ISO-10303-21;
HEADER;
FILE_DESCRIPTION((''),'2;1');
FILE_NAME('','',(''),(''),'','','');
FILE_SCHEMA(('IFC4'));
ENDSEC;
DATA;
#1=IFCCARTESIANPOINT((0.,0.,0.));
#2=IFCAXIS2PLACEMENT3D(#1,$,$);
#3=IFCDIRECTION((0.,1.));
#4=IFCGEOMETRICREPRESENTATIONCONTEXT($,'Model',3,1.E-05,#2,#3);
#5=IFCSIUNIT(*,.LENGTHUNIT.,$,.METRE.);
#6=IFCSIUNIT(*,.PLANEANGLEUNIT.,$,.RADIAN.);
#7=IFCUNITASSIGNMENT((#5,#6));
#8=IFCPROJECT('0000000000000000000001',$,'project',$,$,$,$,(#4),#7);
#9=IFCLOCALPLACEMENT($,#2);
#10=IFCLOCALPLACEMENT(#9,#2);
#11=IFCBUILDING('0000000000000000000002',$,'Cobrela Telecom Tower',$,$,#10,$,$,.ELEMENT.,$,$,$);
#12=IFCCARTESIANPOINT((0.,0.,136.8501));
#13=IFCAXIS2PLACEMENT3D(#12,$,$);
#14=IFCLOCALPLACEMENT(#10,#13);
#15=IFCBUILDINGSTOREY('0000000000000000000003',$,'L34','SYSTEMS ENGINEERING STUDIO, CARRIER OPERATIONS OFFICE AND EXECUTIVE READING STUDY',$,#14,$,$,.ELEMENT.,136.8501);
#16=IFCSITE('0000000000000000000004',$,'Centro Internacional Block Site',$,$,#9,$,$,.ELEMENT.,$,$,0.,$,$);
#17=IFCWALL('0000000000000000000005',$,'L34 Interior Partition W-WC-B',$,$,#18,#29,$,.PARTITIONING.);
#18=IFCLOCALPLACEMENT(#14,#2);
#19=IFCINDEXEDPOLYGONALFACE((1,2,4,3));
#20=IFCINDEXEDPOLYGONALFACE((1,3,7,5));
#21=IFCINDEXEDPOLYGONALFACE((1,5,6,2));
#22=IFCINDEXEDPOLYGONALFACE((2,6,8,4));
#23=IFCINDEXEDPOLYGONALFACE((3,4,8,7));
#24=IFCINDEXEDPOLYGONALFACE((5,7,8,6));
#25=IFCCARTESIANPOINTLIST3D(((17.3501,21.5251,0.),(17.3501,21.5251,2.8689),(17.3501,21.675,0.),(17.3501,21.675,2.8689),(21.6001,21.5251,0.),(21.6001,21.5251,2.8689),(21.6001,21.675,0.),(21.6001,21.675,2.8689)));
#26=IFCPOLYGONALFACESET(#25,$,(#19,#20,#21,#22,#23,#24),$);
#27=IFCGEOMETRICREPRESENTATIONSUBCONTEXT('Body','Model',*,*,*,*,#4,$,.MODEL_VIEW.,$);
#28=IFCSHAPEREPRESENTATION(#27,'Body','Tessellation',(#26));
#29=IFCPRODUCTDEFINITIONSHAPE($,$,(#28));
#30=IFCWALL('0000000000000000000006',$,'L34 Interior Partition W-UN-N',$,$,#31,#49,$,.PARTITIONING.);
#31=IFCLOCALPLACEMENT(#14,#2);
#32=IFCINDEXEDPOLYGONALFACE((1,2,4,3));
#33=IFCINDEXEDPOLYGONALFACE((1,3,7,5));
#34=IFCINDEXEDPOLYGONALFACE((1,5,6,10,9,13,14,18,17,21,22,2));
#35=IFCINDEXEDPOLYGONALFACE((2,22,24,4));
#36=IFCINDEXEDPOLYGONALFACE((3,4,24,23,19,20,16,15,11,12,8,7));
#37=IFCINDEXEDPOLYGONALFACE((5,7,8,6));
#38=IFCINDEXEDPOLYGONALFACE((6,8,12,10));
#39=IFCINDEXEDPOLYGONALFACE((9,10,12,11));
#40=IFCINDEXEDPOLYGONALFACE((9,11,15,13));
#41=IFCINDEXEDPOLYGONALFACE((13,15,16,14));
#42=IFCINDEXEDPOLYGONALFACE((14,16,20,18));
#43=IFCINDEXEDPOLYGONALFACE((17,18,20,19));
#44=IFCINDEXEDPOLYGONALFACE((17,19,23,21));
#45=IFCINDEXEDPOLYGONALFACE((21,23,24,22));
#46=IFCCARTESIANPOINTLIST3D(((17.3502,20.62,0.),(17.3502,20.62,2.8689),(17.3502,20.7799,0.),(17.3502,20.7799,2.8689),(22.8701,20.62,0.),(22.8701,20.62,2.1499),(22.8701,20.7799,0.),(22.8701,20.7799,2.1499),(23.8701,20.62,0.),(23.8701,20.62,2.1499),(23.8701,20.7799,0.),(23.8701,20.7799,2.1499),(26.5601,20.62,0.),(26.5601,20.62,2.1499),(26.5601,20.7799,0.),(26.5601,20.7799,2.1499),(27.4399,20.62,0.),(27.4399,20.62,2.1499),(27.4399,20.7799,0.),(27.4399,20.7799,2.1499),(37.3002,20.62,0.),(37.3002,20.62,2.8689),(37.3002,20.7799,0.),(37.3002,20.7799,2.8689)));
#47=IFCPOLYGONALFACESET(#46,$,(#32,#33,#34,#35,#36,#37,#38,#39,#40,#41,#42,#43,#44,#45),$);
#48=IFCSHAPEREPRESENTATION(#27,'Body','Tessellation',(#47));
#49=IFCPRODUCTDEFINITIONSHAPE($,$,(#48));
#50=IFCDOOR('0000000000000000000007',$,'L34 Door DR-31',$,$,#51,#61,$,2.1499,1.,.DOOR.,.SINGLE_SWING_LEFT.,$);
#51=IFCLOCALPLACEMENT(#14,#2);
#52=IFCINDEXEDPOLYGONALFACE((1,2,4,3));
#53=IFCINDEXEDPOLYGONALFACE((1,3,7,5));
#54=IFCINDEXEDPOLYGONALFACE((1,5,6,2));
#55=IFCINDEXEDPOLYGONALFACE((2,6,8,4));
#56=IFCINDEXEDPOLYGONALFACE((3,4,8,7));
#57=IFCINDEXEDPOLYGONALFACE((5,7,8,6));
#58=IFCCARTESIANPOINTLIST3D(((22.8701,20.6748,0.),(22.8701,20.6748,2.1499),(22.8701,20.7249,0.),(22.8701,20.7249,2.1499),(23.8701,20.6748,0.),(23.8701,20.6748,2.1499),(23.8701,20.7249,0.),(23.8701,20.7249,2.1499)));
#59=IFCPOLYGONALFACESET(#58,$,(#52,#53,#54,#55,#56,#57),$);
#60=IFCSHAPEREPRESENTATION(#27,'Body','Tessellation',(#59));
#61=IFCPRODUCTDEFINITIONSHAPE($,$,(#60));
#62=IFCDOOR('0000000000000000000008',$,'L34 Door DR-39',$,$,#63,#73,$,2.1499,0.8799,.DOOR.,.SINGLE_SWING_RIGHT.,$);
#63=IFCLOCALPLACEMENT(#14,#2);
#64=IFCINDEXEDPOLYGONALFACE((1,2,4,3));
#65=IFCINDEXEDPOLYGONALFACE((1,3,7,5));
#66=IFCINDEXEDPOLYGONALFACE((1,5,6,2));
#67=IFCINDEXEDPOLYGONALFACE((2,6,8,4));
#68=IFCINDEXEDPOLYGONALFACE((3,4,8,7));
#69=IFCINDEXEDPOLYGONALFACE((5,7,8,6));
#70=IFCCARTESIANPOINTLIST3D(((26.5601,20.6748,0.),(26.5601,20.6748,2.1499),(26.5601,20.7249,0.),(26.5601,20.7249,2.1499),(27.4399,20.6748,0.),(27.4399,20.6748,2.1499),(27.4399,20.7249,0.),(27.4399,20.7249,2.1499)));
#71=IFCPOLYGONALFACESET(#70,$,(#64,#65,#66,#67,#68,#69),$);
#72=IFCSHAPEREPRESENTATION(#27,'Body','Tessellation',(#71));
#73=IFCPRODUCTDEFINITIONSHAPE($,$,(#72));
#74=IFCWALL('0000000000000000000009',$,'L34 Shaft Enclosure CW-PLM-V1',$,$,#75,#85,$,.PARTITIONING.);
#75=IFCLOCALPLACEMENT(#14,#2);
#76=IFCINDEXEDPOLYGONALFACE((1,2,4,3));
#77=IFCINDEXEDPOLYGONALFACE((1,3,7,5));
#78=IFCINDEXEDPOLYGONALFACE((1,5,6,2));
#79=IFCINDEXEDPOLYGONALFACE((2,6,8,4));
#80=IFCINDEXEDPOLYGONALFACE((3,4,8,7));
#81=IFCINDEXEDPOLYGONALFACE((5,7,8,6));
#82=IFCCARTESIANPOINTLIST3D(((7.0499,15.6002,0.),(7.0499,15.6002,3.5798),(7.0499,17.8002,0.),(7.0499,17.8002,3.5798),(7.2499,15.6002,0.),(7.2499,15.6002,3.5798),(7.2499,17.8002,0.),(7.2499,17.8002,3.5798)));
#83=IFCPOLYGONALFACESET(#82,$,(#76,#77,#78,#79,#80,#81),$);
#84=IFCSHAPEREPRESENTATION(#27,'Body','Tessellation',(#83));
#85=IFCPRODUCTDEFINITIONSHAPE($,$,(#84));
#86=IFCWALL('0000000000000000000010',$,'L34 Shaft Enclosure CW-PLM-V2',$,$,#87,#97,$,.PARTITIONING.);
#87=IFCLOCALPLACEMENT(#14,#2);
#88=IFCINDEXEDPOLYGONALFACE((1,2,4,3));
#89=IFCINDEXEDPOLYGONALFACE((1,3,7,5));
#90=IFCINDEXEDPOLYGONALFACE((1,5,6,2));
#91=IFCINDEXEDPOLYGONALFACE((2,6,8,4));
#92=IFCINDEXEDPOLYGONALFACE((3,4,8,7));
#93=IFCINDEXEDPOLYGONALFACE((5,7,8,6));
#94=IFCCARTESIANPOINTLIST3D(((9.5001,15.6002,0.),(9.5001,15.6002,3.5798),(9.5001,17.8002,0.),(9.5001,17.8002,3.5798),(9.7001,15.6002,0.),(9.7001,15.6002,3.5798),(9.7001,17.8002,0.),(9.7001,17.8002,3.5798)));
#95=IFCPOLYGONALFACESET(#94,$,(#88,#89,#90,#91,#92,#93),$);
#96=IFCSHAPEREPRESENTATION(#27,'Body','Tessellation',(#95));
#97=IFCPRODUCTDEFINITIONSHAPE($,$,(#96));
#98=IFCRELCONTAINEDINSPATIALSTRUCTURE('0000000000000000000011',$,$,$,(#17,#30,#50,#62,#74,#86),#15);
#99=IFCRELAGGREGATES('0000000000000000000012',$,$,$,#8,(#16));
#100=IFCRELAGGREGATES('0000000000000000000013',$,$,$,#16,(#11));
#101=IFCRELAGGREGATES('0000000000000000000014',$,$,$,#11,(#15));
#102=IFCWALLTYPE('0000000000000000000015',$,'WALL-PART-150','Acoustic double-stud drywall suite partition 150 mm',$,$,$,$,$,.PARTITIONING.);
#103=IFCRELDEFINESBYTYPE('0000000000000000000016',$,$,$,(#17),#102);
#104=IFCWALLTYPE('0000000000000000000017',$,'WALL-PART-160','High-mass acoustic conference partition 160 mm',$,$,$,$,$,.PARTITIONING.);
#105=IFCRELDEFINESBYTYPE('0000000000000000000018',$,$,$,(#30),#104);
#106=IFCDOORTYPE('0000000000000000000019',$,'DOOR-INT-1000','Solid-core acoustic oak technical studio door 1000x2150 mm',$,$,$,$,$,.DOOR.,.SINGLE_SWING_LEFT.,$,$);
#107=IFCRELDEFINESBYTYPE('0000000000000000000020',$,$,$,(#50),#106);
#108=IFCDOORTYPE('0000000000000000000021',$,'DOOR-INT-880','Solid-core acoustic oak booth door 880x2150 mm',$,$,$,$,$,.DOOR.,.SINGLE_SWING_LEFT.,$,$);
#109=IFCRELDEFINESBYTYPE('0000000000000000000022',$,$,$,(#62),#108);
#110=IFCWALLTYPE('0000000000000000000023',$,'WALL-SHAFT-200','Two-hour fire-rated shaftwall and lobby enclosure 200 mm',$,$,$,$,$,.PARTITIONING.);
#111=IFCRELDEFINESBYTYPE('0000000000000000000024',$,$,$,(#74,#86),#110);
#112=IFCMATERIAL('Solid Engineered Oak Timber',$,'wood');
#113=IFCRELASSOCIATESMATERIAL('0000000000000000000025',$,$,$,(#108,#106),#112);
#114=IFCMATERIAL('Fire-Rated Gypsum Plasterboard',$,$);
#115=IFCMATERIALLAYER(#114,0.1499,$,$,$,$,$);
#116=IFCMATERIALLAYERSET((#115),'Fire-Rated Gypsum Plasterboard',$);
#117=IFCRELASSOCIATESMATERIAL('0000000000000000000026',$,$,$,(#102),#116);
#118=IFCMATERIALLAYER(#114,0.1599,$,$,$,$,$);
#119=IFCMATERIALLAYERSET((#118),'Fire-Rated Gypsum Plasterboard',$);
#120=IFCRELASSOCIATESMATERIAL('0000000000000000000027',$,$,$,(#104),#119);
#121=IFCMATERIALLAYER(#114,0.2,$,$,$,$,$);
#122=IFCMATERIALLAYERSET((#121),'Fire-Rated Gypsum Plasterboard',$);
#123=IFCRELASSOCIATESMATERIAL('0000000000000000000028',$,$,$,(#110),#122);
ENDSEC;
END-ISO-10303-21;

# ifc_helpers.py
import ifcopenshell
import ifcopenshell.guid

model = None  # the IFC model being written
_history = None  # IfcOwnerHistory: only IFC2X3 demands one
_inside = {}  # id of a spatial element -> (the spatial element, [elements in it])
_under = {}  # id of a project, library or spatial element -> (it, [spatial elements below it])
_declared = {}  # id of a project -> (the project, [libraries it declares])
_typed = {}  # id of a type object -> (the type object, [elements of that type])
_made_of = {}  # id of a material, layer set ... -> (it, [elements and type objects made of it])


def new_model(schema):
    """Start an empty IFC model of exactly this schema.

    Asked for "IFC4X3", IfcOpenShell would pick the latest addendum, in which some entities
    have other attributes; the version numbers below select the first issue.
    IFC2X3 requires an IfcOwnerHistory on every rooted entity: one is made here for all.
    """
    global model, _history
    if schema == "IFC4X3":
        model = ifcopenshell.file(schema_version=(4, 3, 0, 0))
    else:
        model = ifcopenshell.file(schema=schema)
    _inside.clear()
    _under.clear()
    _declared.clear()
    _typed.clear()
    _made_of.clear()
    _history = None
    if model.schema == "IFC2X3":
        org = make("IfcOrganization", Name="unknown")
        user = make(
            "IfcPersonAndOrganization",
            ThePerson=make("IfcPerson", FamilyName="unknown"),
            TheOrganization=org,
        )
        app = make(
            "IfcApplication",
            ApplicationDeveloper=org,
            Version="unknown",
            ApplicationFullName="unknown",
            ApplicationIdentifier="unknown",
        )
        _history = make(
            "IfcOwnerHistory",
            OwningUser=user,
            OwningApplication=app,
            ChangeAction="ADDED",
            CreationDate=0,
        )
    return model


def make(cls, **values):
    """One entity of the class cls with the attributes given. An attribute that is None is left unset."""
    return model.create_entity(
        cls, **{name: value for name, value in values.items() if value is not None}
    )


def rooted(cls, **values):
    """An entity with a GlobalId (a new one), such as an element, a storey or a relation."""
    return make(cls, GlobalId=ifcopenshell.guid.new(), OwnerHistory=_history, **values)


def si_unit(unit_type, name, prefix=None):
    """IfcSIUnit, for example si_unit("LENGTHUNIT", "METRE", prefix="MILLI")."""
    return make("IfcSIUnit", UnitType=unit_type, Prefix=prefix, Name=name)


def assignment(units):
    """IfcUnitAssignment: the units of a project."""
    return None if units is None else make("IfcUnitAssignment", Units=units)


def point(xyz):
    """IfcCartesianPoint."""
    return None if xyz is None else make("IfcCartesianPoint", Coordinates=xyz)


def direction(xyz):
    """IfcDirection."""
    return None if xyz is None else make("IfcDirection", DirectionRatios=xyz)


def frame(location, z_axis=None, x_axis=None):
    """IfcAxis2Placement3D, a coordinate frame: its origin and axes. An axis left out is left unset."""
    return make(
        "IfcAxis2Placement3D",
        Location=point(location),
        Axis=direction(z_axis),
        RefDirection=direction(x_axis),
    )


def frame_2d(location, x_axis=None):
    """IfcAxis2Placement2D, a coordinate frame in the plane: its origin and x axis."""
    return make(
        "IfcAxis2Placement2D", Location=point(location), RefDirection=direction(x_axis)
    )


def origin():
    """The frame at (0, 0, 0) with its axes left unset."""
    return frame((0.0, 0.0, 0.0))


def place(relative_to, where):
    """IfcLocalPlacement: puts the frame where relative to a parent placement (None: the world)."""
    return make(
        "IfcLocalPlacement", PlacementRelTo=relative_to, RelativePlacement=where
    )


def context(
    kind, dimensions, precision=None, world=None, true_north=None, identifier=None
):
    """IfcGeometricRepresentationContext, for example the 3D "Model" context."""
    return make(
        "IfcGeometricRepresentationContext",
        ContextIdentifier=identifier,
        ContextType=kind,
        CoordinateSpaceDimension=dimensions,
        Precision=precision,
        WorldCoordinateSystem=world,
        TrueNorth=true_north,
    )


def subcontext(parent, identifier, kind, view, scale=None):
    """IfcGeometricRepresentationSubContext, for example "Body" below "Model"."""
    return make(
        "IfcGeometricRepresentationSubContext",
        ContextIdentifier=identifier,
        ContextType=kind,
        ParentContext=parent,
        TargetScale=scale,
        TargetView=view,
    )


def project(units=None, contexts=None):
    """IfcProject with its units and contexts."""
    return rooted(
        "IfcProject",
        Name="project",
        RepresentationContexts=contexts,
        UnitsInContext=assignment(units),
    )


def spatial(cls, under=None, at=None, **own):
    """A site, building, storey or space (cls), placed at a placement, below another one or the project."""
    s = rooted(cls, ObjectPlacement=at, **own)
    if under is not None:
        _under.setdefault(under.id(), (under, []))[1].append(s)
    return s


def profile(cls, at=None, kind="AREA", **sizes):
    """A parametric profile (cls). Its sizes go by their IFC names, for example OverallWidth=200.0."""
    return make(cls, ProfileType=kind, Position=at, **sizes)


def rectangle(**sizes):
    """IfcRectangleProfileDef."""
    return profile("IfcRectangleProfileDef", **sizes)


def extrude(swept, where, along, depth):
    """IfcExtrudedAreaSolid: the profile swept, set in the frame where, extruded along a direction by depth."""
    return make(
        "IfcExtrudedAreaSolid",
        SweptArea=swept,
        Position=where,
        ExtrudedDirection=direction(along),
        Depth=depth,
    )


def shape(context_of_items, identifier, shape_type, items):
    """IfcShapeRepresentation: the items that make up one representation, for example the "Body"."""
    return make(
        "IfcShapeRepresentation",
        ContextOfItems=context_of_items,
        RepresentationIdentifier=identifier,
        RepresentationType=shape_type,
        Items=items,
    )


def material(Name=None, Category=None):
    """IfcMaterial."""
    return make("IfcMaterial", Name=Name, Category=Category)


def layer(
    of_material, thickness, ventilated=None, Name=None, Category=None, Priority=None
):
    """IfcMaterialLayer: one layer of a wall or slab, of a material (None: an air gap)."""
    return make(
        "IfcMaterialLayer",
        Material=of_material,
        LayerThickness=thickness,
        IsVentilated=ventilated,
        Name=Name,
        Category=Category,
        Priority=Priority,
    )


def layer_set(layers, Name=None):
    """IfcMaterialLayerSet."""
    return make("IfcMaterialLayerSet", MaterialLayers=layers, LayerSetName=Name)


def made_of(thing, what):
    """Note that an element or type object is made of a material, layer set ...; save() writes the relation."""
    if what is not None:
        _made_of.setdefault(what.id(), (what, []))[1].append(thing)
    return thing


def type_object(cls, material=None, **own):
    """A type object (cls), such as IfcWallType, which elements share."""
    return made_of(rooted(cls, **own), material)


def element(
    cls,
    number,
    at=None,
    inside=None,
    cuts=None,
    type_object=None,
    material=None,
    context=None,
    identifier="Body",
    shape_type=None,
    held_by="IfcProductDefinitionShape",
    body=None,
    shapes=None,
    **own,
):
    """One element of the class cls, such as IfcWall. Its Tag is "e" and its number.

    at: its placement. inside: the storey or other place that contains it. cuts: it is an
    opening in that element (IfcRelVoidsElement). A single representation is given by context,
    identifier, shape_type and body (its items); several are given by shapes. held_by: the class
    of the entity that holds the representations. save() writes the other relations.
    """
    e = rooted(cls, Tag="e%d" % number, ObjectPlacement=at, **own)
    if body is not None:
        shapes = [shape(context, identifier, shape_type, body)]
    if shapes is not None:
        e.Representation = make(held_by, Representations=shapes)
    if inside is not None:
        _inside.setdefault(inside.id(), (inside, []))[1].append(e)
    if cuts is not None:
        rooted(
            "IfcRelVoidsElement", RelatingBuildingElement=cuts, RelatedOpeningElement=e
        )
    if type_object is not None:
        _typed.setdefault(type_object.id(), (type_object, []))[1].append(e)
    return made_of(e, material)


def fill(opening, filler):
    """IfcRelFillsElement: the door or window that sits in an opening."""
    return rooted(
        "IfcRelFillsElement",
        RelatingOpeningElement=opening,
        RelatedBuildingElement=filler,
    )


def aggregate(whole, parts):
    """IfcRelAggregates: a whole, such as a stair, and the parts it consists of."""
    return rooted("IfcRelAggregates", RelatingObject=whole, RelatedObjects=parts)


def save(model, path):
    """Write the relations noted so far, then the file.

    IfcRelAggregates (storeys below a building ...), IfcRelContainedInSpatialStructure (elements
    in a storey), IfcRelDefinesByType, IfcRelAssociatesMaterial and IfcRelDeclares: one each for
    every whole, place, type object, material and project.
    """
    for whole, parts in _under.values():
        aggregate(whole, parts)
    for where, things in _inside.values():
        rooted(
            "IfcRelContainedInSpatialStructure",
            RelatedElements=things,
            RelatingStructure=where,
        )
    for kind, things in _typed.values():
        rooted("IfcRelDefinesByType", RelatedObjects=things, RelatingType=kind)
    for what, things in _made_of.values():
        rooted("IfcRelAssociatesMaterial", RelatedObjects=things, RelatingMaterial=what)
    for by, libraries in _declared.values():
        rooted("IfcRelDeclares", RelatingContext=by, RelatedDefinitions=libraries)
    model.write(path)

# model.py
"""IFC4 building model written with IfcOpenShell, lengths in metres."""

from ifc_helpers import new_model, si_unit, direction, frame, frame_2d, origin, place, context, subcontext, project, spatial, rectangle, extrude, material, layer, layer_set, type_object, element, fill, save


model = new_model("IFC4")

# Units and contexts
model_context = context("Model", 3, precision=1e-05, world=origin(), true_north=direction((0.0, 1.0)))
body_context = subcontext(model_context, "Body", "Model", "MODEL_VIEW")
ifc_project = project(units=[si_unit("LENGTHUNIT", "METRE"), si_unit("PLANEANGLEUNIT", "RADIAN")], contexts=[model_context])

# Site, building, storey
site_placement = place(None, origin())
site = spatial("IfcSite", under=ifc_project, at=site_placement, Name="Centro Internacional Block Site", CompositionType="ELEMENT", RefElevation=0.0)
building_placement = place(site_placement, origin())
building = spatial("IfcBuilding", under=site, at=building_placement, Name="Cobrela Telecom Tower", CompositionType="ELEMENT")
storey_placement = place(building_placement, frame((0.0, 0.0, 136.8501)))
storey = spatial("IfcBuildingStorey", under=building, at=storey_placement, Name="L34", Description="SYSTEMS ENGINEERING STUDIO, CARRIER OPERATIONS OFFICE AND EXECUTIVE READING STUDY", CompositionType="ELEMENT", Elevation=136.8501)

# Shared definitions
ifc_material_1 = material(Name="Fire-Rated Gypsum Plasterboard")
ifc_material_2 = material(Name="Solid Engineered Oak Timber", Category="wood")
door_type_1 = type_object("IfcDoorType", Name="DOOR-INT-880", Description="Solid-core acoustic oak booth door 880x2150 mm", OperationType="SINGLE_SWING_LEFT", PredefinedType="DOOR", material=ifc_material_2)

# Shared definitions
ifc_layer_1 = layer(ifc_material_1, 0.1499)
ifc_layer_set_1 = layer_set([ifc_layer_1], Name="Fire-Rated Gypsum Plasterboard")
wall_type_1 = type_object("IfcWallType", Name="WALL-PART-150", Description="Acoustic double-stud drywall suite partition 150 mm", PredefinedType="PARTITIONING", material=ifc_layer_set_1)

# Wall
wall_1_placement = place(storey_placement, frame((17.3501, 21.6001, 0.0), z_axis=(0.0, 0.0, 1.0), x_axis=(1.0, 0.0, 0.0)))
element("IfcWall", 1, at=wall_1_placement, inside=storey, type_object=wall_type_1, Name="L34 Interior Partition W-WC-B", PredefinedType="PARTITIONING", context=body_context, shape_type="SweptSolid", body=[
    extrude(rectangle(XDim=4.25, YDim=0.1499, at=frame_2d((2.125, 0.0))), origin(), (0.0, 0.0, 1.0), 2.8689),
])

# Wall, openings, doors
ifc_layer_2 = layer(ifc_material_1, 0.1599)
ifc_layer_set_2 = layer_set([ifc_layer_2], Name="Fire-Rated Gypsum Plasterboard")
wall_type_2 = type_object("IfcWallType", Name="WALL-PART-160", Description="High-mass acoustic conference partition 160 mm", PredefinedType="PARTITIONING", material=ifc_layer_set_2)
wall_2_placement = place(storey_placement, frame((17.3501, 20.7, 0.0), z_axis=(0.0, 0.0, 1.0), x_axis=(1.0, 0.0, 0.0)))
wall_2 = element("IfcWall", 2, at=wall_2_placement, inside=storey, type_object=wall_type_2, Name="L34 Interior Partition W-UN-N", PredefinedType="PARTITIONING", context=body_context, shape_type="SweptSolid", body=[
    extrude(rectangle(XDim=19.95, YDim=0.1599, at=frame_2d((9.9751, 0.0))), origin(), (0.0, 0.0, 1.0), 2.8689),
])
opening_1_placement = place(wall_2_placement, frame((5.52, 0.0, 0.0)))
opening_1 = element("IfcOpeningElement", 3, at=opening_1_placement, cuts=wall_2, PredefinedType="OPENING", context=body_context, shape_type="SweptSolid", body=[
    extrude(rectangle(XDim=1.0, YDim=2.1499, at=frame_2d((0.5, 1.075))), frame((0.0, 0.0918, 0.0), z_axis=(0.0, -1.0, 0.0), x_axis=(1.0, 0.0, 0.0)), (0.0, 0.0, 1.0), 0.1838),
])
opening_2_placement = place(wall_2_placement, frame((9.21, 0.0, 0.0)))
opening_2 = element("IfcOpeningElement", 4, at=opening_2_placement, cuts=wall_2, PredefinedType="OPENING", context=body_context, shape_type="SweptSolid", body=[
    extrude(rectangle(XDim=0.8799, YDim=2.1499, at=frame_2d((0.4399, 1.075))), frame((0.0, 0.0918, 0.0), z_axis=(0.0, -1.0, 0.0), x_axis=(1.0, 0.0, 0.0)), (0.0, 0.0, 1.0), 0.1838),
])
door_type_2 = type_object("IfcDoorType", Name="DOOR-INT-1000", Description="Solid-core acoustic oak technical studio door 1000x2150 mm", OperationType="SINGLE_SWING_LEFT", PredefinedType="DOOR", material=ifc_material_2)
door_1_placement = place(opening_1_placement, origin())
door_1 = element("IfcDoor", 5, at=door_1_placement, inside=storey, type_object=door_type_2, Name="L34 Door DR-31", OperationType="SINGLE_SWING_LEFT", OverallHeight=2.1499, OverallWidth=1.0, PredefinedType="DOOR", context=body_context, shape_type="SweptSolid", body=[
    extrude(rectangle(XDim=1.0, YDim=2.1499, at=frame_2d((0.5, 1.075))), frame((0.0, 0.0249, 0.0), z_axis=(0.0, -1.0, 0.0), x_axis=(1.0, 0.0, 0.0)), (0.0, 0.0, 1.0), 0.05),
])
fill(opening_1, door_1)
door_2_placement = place(opening_2_placement, origin())
door_2 = element("IfcDoor", 6, at=door_2_placement, inside=storey, type_object=door_type_1, Name="L34 Door DR-39", OperationType="SINGLE_SWING_RIGHT", OverallHeight=2.1499, OverallWidth=0.8799, PredefinedType="DOOR", context=body_context, shape_type="SweptSolid", body=[
    extrude(rectangle(XDim=0.8799, YDim=2.1499, at=frame_2d((0.4399, 1.075))), frame((0.0, 0.0249, 0.0), z_axis=(0.0, -1.0, 0.0), x_axis=(1.0, 0.0, 0.0)), (0.0, 0.0, 1.0), 0.05),
])
fill(opening_2, door_2)

# Walls
ifc_layer_3 = layer(ifc_material_1, 0.2)
ifc_layer_set_3 = layer_set([ifc_layer_3], Name="Fire-Rated Gypsum Plasterboard")
wall_type_3 = type_object("IfcWallType", Name="WALL-SHAFT-200", Description="Two-hour fire-rated shaftwall and lobby enclosure 200 mm", PredefinedType="PARTITIONING", material=ifc_layer_set_3)
for number, where, z_axis, x_axis, name in (
    (7, (7.1499, 15.6001, 0.0), (0.0, 0.0, 1.0), (0.0, 1.0, 0.0), "L34 Shaft Enclosure CW-PLM-V1"),
    (8, (9.6001, 15.6001, 0.0), (0.0, 0.0, 1.0), (0.0, 1.0, 0.0), "L34 Shaft Enclosure CW-PLM-V2"),
):
    element("IfcWall", number, at=place(storey_placement, frame(where, z_axis=z_axis, x_axis=x_axis)), inside=storey, type_object=wall_type_3, Name=name, PredefinedType="PARTITIONING", context=body_context, shape_type="SweptSolid", body=[
        extrude(rectangle(XDim=2.2, YDim=0.2, at=frame_2d((1.1001, 0.0))), origin(), (0.0, 0.0, 1.0), 3.5798),
    ])

save(model, "model.ifc")
